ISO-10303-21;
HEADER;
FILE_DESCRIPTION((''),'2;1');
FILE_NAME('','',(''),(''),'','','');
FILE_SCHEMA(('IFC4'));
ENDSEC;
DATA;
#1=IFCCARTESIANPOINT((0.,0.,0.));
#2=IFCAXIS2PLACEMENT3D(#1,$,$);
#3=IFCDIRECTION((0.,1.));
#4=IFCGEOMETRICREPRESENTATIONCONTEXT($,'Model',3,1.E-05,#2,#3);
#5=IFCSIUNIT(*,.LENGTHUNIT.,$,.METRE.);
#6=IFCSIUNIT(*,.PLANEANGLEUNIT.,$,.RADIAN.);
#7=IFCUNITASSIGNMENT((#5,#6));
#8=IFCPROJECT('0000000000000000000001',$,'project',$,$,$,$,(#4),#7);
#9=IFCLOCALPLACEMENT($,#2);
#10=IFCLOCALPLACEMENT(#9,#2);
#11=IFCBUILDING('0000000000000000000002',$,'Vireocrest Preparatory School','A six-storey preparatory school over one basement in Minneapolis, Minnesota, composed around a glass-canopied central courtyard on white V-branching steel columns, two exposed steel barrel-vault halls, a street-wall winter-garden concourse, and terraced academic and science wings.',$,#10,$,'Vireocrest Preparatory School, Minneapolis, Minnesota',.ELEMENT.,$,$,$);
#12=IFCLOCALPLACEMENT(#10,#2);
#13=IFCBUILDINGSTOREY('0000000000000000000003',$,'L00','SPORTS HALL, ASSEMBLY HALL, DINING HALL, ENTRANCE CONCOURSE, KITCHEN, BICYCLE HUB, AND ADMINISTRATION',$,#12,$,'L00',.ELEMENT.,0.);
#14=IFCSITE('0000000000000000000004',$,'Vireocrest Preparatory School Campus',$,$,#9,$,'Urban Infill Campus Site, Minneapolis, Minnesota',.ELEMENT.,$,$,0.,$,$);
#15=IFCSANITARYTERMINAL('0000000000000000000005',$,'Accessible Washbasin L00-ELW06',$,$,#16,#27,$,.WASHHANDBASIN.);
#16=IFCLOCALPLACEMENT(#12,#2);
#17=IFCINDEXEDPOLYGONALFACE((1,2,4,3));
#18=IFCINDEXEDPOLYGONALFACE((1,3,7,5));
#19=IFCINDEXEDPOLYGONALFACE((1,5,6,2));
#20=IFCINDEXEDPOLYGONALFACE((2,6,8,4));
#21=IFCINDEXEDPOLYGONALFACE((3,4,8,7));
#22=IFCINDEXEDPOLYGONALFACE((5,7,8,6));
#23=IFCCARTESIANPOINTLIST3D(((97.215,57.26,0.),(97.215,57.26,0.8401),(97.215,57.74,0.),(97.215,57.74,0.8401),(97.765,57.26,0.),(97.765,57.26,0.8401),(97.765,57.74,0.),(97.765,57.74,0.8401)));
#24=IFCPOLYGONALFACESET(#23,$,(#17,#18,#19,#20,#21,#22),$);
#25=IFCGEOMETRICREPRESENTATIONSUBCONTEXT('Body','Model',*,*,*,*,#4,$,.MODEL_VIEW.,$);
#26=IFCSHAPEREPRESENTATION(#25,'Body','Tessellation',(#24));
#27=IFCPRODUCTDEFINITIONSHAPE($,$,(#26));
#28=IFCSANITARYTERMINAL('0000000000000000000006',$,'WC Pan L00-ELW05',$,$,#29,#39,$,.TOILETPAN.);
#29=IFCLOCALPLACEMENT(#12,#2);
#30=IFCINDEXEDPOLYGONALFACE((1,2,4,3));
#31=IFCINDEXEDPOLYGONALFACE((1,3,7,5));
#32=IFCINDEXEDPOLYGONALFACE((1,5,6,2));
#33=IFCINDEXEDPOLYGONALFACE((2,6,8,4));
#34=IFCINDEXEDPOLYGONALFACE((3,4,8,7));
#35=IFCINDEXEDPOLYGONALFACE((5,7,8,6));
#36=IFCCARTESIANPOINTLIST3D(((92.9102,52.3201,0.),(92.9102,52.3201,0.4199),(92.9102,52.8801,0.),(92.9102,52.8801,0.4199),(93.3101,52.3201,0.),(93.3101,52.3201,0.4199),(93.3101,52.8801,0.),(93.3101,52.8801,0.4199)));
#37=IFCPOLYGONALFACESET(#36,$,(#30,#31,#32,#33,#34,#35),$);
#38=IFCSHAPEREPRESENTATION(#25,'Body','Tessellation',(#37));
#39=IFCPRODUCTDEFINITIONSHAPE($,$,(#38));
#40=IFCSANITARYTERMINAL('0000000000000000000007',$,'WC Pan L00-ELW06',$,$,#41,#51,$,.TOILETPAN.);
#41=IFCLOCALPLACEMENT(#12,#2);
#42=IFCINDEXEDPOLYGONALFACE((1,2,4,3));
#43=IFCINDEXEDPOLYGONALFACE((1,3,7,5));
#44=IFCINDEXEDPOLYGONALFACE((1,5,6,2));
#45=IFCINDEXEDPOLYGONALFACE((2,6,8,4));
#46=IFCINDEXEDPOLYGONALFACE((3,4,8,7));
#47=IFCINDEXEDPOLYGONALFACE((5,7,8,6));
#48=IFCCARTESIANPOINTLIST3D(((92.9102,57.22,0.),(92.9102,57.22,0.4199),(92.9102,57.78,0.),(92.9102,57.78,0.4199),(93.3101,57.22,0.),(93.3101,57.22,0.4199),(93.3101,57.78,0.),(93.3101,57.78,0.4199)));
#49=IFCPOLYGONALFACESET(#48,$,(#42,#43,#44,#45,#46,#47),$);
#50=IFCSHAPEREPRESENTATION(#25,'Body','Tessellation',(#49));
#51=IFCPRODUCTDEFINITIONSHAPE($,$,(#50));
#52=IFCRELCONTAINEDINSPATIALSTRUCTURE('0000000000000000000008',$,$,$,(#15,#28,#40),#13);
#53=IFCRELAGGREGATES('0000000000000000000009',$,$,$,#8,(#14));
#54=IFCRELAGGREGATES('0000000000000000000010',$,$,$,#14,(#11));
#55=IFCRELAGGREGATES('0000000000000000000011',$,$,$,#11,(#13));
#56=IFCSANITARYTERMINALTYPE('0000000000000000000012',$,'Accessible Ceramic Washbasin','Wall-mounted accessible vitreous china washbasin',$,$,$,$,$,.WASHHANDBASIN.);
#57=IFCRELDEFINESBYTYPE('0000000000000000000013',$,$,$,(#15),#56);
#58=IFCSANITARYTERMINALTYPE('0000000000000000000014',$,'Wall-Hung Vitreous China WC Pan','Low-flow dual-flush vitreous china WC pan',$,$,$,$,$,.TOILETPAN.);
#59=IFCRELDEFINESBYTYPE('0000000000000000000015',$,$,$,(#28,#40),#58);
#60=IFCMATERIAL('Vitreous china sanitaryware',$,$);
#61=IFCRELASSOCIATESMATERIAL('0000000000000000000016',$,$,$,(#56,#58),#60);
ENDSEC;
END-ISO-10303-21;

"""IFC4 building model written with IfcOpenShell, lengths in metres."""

from ifc_helpers import new_model, si_unit, direction, frame, origin, origin_2d, place, context, subcontext, project, spatial, rectangle, extrude, material, type_object, element, save


model = new_model("IFC4")

# Units and contexts
model_context = context("Model", 3, precision=1e-05, world=origin(), true_north=direction((0.0, 1.0)))
body_context = subcontext(model_context, "Body", "Model", "MODEL_VIEW")
ifc_project = project(units=[si_unit("LENGTHUNIT", "METRE"), si_unit("PLANEANGLEUNIT", "RADIAN")], contexts=[model_context])

# Site, building, storey
site_placement = place(None, origin())
site = spatial("IfcSite", under=ifc_project, at=site_placement, Name="Vireocrest Preparatory School Campus", LongName="Urban Infill Campus Site, Minneapolis, Minnesota", CompositionType="ELEMENT", RefElevation=0.0)
building_placement = place(site_placement, origin())
building = spatial("IfcBuilding", under=site, at=building_placement, Name="Vireocrest Preparatory School", Description="A six-storey preparatory school over one basement in Minneapolis, Minnesota, composed around a glass-canopied central courtyard on white V-branching steel columns, two exposed steel barrel-vault halls, a street-wall winter-garden concourse, and terraced academic and science wings.", LongName="Vireocrest Preparatory School, Minneapolis, Minnesota", CompositionType="ELEMENT")
storey_placement = place(building_placement, origin())
storey = spatial("IfcBuildingStorey", under=building, at=storey_placement, Name="L00", Description="SPORTS HALL, ASSEMBLY HALL, DINING HALL, ENTRANCE CONCOURSE, KITCHEN, BICYCLE HUB, AND ADMINISTRATION", LongName="L00", CompositionType="ELEMENT", Elevation=0.0)

# Sanitary terminals
ifc_material_1 = material(Name="Vitreous china sanitaryware")
sanitary_terminal_type_1 = type_object("IfcSanitaryTerminalType", Name="Accessible Ceramic Washbasin", Description="Wall-mounted accessible vitreous china washbasin", PredefinedType="WASHHANDBASIN", material=ifc_material_1)
for number, where, z_axis, x_axis, name in (
    (1, (97.49, 57.5, 0.0), (0.0, 0.0, 1.0), (1.0, 0.0, 0.0), "Accessible Washbasin L00-ELW06"),
):
    element("IfcSanitaryTerminal", number, at=place(storey_placement, frame(where, z_axis=z_axis, x_axis=x_axis)), inside=storey, type_object=sanitary_terminal_type_1, Name=name, PredefinedType="WASHHANDBASIN", context=body_context, shape_type="SweptSolid", body=[
        extrude(rectangle(XDim=0.55, YDim=0.48, at=origin_2d()), origin(), (0.0, 0.0, 1.0), 0.8401),
    ])
sanitary_terminal_type_2 = type_object("IfcSanitaryTerminalType", Name="Wall-Hung Vitreous China WC Pan", Description="Low-flow dual-flush vitreous china WC pan", PredefinedType="TOILETPAN", material=ifc_material_1)
for number, where, z_axis, x_axis, name in (
    (2, (93.1101, 52.6001, 0.0), (0.0, 0.0, 1.0), (1.0, 0.0, 0.0), "WC Pan L00-ELW05"),
    (3, (93.1101, 57.5, 0.0), (0.0, 0.0, 1.0), (1.0, 0.0, 0.0), "WC Pan L00-ELW06"),
):
    element("IfcSanitaryTerminal", number, at=place(storey_placement, frame(where, z_axis=z_axis, x_axis=x_axis)), inside=storey, type_object=sanitary_terminal_type_2, Name=name, PredefinedType="TOILETPAN", context=body_context, shape_type="SweptSolid", body=[
        extrude(rectangle(XDim=0.3999, YDim=0.5601, at=origin_2d()), origin(), (0.0, 0.0, 1.0), 0.4199),
    ])

save(model, "model.ifc")
